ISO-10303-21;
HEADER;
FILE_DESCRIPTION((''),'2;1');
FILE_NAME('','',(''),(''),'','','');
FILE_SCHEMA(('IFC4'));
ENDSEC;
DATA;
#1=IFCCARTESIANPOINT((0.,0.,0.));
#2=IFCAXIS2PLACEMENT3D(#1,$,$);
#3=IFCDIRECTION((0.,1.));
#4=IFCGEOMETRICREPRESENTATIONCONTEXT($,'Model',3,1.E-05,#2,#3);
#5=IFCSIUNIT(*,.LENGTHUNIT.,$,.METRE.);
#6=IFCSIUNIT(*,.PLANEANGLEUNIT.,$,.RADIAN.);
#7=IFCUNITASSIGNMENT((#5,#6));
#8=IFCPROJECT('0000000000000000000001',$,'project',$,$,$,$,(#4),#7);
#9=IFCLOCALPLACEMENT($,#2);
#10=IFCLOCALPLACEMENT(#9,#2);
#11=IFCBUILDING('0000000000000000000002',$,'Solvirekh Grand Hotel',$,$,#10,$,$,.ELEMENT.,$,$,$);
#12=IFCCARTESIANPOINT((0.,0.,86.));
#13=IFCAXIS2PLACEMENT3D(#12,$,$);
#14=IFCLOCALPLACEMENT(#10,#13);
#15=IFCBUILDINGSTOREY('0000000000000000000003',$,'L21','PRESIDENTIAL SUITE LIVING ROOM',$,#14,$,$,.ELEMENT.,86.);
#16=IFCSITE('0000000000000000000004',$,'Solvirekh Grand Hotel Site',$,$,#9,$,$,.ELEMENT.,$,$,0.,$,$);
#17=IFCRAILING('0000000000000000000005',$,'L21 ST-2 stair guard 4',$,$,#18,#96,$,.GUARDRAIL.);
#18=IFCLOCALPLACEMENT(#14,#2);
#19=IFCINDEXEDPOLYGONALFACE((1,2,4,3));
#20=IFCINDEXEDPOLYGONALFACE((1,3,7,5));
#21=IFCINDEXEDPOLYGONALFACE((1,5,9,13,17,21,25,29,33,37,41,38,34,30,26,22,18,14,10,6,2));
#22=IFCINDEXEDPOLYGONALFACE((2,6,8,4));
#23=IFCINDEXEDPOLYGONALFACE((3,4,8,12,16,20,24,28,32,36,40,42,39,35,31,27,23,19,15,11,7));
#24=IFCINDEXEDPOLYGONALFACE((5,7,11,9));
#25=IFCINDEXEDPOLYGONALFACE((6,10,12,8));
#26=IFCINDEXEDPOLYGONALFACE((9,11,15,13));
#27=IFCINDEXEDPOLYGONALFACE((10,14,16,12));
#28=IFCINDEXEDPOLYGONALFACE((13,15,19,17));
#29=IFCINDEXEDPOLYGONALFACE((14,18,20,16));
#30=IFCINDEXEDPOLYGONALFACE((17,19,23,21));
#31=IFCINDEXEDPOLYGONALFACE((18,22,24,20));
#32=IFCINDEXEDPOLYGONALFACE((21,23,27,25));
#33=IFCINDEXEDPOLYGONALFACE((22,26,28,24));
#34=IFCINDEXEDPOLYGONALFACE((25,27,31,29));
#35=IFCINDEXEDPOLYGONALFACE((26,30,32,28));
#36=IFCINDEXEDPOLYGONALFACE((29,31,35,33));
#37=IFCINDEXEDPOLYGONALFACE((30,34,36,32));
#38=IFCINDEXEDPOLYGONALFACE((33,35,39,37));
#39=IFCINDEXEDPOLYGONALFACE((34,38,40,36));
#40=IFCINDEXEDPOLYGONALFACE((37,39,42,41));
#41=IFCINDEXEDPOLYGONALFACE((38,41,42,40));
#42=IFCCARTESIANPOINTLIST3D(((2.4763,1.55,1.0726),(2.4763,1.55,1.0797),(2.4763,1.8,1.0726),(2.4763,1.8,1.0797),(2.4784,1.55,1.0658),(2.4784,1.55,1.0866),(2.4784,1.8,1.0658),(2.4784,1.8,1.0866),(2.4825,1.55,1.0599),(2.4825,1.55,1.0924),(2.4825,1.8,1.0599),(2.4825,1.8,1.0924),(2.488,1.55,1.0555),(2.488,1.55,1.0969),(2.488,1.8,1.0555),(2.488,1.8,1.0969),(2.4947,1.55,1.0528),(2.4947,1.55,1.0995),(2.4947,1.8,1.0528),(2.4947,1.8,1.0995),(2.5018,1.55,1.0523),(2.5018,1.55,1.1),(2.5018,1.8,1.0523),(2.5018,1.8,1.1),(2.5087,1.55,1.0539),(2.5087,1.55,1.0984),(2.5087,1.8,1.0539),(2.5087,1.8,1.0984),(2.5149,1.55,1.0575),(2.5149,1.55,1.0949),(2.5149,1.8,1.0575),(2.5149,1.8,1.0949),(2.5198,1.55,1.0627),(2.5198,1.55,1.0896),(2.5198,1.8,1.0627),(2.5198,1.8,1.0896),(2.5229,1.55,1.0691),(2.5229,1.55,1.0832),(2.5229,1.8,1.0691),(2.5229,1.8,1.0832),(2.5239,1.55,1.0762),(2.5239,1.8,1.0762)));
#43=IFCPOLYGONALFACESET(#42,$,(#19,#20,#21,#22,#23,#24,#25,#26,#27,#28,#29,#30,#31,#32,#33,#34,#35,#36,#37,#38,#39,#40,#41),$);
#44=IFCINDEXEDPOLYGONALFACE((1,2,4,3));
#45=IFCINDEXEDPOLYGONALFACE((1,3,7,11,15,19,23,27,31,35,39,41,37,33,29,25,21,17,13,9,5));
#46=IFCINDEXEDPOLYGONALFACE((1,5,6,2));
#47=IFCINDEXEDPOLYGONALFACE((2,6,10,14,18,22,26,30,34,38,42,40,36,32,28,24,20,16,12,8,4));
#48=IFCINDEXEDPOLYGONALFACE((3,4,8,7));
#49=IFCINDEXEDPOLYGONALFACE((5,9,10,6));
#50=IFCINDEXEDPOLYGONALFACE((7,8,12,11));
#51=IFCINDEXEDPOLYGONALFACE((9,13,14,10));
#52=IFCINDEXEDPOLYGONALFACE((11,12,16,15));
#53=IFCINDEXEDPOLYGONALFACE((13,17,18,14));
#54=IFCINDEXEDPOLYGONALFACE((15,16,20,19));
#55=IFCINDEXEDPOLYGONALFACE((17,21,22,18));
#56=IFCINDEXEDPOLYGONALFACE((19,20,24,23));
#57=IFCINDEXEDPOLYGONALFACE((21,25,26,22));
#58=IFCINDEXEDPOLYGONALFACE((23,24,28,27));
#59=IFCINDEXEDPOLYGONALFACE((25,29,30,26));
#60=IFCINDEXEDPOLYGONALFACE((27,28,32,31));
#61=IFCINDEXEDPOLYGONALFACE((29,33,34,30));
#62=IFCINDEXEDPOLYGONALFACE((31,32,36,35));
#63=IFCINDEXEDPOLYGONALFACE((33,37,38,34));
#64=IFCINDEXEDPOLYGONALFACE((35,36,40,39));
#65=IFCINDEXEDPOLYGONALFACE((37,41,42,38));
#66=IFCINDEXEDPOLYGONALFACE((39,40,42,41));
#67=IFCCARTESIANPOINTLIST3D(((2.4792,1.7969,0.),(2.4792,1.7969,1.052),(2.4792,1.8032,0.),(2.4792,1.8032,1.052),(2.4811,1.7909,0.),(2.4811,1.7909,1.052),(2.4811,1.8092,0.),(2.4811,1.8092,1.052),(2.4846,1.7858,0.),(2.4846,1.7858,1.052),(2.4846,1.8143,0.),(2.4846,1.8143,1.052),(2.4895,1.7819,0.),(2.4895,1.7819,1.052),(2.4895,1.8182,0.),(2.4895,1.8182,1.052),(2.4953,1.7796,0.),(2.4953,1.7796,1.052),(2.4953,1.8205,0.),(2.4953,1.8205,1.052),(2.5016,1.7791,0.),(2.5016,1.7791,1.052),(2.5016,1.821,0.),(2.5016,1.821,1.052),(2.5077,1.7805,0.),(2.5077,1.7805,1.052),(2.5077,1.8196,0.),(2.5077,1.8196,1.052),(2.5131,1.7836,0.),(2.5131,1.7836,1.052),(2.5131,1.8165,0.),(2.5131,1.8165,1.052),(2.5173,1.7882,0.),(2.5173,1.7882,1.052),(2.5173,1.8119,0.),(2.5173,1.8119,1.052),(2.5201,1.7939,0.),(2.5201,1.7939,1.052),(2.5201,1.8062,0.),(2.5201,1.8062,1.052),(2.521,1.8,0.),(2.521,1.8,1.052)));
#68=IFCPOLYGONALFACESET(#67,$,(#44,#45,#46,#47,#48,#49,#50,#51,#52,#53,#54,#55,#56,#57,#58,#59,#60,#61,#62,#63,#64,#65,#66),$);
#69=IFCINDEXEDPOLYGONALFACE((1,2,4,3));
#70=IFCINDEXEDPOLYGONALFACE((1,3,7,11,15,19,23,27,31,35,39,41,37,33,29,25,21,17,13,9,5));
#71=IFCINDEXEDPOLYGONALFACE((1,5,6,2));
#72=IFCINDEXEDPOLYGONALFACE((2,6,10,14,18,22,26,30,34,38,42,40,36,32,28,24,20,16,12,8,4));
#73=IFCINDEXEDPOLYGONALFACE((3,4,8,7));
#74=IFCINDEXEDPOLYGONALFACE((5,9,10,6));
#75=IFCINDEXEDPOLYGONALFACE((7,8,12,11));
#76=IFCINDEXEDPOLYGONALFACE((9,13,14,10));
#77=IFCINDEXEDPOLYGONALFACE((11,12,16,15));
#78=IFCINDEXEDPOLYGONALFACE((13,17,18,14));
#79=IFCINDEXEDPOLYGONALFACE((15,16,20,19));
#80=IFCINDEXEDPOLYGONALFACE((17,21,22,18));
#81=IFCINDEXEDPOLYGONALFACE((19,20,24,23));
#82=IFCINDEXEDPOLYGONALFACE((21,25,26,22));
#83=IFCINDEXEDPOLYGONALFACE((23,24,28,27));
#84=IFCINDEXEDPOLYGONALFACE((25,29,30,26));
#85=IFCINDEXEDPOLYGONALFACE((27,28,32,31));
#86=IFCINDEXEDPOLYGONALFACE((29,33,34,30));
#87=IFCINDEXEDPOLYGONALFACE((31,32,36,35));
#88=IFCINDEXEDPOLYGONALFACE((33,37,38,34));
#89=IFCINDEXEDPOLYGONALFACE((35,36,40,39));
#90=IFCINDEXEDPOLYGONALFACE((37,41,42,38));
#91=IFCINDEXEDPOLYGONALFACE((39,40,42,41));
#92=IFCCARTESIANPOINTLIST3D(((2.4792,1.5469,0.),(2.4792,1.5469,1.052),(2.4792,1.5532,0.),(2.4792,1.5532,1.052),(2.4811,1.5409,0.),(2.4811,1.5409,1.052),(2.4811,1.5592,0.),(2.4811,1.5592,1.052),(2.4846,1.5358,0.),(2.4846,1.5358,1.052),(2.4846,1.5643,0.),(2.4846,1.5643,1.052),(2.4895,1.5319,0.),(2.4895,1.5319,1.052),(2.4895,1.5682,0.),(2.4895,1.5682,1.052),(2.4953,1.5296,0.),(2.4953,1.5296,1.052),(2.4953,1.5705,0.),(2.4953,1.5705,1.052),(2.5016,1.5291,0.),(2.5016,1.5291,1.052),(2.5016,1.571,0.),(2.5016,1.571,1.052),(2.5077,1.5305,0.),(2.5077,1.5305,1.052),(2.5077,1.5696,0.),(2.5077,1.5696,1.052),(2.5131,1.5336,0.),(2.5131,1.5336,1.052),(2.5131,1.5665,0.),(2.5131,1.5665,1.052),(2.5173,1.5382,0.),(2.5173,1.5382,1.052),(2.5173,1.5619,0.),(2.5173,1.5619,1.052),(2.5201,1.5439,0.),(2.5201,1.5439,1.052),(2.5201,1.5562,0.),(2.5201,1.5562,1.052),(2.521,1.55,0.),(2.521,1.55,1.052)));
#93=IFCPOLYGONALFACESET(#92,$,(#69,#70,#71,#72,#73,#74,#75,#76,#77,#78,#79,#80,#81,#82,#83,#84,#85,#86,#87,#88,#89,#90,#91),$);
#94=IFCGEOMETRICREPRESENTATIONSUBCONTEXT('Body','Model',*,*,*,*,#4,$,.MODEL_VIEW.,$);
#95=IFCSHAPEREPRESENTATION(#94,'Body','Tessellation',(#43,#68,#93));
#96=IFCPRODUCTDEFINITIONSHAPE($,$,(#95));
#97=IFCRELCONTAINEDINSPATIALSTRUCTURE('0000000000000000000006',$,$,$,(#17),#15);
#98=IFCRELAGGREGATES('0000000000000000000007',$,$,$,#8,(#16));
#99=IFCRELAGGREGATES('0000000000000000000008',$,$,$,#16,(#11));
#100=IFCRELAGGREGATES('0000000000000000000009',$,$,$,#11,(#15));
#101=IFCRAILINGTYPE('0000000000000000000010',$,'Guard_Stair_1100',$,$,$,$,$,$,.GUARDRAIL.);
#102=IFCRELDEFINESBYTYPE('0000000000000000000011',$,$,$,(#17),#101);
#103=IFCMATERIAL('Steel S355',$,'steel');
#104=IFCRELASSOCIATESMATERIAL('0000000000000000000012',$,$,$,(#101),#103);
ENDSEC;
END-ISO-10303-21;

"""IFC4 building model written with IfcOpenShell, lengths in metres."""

from ifc_helpers import new_model, si_unit, direction, frame, origin, origin_2d, place, context, subcontext, project, spatial, circle, extrude, material, type_object, element, save


model = new_model("IFC4")

# Units and contexts
model_context = context("Model", 3, precision=1e-05, world=origin(), true_north=direction((0.0, 1.0)))
body_context = subcontext(model_context, "Body", "Model", "MODEL_VIEW")
ifc_project = project(units=[si_unit("LENGTHUNIT", "METRE"), si_unit("PLANEANGLEUNIT", "RADIAN")], contexts=[model_context])

# Site, building, storey
site_placement = place(None, origin())
site = spatial("IfcSite", under=ifc_project, at=site_placement, Name="Solvirekh Grand Hotel Site", CompositionType="ELEMENT", RefElevation=0.0)
building_placement = place(site_placement, origin())
building = spatial("IfcBuilding", under=site, at=building_placement, Name="Solvirekh Grand Hotel", CompositionType="ELEMENT")
storey_placement = place(building_placement, frame((0.0, 0.0, 86.0)))
storey = spatial("IfcBuildingStorey", under=building, at=storey_placement, Name="L21", Description="PRESIDENTIAL SUITE LIVING ROOM", CompositionType="ELEMENT", Elevation=86.0)

# Shared definitions
ifc_material_1 = material(Name="Steel S355", Category="steel")

# Railing
railing_type_1 = type_object("IfcRailingType", Name="Guard_Stair_1100", PredefinedType="GUARDRAIL", material=ifc_material_1)
railing_1_placement = place(storey_placement, frame((2.5, 1.8, 0.0)))
element("IfcRailing", 1, at=railing_1_placement, inside=storey, type_object=railing_type_1, Name="L21 ST-2 stair guard 4", PredefinedType="GUARDRAIL", context=body_context, shape_type="SweptSolid", body=[
    extrude(circle(Radius=0.0239, at=origin_2d()), frame((0.0, 0.0, 1.0762), z_axis=(0.0, -1.0, 0.0), x_axis=(1.0, 0.0, 0.0)), (0.0, 0.0, 1.0), 0.25),
    extrude(circle(Radius=0.021, at=origin_2d()), origin(), (0.0, 0.0, 1.0), 1.052),
    extrude(circle(Radius=0.021, at=origin_2d()), frame((0.0, -0.25, 0.0)), (0.0, 0.0, 1.0), 1.052),
])

save(model, "model.ifc")
